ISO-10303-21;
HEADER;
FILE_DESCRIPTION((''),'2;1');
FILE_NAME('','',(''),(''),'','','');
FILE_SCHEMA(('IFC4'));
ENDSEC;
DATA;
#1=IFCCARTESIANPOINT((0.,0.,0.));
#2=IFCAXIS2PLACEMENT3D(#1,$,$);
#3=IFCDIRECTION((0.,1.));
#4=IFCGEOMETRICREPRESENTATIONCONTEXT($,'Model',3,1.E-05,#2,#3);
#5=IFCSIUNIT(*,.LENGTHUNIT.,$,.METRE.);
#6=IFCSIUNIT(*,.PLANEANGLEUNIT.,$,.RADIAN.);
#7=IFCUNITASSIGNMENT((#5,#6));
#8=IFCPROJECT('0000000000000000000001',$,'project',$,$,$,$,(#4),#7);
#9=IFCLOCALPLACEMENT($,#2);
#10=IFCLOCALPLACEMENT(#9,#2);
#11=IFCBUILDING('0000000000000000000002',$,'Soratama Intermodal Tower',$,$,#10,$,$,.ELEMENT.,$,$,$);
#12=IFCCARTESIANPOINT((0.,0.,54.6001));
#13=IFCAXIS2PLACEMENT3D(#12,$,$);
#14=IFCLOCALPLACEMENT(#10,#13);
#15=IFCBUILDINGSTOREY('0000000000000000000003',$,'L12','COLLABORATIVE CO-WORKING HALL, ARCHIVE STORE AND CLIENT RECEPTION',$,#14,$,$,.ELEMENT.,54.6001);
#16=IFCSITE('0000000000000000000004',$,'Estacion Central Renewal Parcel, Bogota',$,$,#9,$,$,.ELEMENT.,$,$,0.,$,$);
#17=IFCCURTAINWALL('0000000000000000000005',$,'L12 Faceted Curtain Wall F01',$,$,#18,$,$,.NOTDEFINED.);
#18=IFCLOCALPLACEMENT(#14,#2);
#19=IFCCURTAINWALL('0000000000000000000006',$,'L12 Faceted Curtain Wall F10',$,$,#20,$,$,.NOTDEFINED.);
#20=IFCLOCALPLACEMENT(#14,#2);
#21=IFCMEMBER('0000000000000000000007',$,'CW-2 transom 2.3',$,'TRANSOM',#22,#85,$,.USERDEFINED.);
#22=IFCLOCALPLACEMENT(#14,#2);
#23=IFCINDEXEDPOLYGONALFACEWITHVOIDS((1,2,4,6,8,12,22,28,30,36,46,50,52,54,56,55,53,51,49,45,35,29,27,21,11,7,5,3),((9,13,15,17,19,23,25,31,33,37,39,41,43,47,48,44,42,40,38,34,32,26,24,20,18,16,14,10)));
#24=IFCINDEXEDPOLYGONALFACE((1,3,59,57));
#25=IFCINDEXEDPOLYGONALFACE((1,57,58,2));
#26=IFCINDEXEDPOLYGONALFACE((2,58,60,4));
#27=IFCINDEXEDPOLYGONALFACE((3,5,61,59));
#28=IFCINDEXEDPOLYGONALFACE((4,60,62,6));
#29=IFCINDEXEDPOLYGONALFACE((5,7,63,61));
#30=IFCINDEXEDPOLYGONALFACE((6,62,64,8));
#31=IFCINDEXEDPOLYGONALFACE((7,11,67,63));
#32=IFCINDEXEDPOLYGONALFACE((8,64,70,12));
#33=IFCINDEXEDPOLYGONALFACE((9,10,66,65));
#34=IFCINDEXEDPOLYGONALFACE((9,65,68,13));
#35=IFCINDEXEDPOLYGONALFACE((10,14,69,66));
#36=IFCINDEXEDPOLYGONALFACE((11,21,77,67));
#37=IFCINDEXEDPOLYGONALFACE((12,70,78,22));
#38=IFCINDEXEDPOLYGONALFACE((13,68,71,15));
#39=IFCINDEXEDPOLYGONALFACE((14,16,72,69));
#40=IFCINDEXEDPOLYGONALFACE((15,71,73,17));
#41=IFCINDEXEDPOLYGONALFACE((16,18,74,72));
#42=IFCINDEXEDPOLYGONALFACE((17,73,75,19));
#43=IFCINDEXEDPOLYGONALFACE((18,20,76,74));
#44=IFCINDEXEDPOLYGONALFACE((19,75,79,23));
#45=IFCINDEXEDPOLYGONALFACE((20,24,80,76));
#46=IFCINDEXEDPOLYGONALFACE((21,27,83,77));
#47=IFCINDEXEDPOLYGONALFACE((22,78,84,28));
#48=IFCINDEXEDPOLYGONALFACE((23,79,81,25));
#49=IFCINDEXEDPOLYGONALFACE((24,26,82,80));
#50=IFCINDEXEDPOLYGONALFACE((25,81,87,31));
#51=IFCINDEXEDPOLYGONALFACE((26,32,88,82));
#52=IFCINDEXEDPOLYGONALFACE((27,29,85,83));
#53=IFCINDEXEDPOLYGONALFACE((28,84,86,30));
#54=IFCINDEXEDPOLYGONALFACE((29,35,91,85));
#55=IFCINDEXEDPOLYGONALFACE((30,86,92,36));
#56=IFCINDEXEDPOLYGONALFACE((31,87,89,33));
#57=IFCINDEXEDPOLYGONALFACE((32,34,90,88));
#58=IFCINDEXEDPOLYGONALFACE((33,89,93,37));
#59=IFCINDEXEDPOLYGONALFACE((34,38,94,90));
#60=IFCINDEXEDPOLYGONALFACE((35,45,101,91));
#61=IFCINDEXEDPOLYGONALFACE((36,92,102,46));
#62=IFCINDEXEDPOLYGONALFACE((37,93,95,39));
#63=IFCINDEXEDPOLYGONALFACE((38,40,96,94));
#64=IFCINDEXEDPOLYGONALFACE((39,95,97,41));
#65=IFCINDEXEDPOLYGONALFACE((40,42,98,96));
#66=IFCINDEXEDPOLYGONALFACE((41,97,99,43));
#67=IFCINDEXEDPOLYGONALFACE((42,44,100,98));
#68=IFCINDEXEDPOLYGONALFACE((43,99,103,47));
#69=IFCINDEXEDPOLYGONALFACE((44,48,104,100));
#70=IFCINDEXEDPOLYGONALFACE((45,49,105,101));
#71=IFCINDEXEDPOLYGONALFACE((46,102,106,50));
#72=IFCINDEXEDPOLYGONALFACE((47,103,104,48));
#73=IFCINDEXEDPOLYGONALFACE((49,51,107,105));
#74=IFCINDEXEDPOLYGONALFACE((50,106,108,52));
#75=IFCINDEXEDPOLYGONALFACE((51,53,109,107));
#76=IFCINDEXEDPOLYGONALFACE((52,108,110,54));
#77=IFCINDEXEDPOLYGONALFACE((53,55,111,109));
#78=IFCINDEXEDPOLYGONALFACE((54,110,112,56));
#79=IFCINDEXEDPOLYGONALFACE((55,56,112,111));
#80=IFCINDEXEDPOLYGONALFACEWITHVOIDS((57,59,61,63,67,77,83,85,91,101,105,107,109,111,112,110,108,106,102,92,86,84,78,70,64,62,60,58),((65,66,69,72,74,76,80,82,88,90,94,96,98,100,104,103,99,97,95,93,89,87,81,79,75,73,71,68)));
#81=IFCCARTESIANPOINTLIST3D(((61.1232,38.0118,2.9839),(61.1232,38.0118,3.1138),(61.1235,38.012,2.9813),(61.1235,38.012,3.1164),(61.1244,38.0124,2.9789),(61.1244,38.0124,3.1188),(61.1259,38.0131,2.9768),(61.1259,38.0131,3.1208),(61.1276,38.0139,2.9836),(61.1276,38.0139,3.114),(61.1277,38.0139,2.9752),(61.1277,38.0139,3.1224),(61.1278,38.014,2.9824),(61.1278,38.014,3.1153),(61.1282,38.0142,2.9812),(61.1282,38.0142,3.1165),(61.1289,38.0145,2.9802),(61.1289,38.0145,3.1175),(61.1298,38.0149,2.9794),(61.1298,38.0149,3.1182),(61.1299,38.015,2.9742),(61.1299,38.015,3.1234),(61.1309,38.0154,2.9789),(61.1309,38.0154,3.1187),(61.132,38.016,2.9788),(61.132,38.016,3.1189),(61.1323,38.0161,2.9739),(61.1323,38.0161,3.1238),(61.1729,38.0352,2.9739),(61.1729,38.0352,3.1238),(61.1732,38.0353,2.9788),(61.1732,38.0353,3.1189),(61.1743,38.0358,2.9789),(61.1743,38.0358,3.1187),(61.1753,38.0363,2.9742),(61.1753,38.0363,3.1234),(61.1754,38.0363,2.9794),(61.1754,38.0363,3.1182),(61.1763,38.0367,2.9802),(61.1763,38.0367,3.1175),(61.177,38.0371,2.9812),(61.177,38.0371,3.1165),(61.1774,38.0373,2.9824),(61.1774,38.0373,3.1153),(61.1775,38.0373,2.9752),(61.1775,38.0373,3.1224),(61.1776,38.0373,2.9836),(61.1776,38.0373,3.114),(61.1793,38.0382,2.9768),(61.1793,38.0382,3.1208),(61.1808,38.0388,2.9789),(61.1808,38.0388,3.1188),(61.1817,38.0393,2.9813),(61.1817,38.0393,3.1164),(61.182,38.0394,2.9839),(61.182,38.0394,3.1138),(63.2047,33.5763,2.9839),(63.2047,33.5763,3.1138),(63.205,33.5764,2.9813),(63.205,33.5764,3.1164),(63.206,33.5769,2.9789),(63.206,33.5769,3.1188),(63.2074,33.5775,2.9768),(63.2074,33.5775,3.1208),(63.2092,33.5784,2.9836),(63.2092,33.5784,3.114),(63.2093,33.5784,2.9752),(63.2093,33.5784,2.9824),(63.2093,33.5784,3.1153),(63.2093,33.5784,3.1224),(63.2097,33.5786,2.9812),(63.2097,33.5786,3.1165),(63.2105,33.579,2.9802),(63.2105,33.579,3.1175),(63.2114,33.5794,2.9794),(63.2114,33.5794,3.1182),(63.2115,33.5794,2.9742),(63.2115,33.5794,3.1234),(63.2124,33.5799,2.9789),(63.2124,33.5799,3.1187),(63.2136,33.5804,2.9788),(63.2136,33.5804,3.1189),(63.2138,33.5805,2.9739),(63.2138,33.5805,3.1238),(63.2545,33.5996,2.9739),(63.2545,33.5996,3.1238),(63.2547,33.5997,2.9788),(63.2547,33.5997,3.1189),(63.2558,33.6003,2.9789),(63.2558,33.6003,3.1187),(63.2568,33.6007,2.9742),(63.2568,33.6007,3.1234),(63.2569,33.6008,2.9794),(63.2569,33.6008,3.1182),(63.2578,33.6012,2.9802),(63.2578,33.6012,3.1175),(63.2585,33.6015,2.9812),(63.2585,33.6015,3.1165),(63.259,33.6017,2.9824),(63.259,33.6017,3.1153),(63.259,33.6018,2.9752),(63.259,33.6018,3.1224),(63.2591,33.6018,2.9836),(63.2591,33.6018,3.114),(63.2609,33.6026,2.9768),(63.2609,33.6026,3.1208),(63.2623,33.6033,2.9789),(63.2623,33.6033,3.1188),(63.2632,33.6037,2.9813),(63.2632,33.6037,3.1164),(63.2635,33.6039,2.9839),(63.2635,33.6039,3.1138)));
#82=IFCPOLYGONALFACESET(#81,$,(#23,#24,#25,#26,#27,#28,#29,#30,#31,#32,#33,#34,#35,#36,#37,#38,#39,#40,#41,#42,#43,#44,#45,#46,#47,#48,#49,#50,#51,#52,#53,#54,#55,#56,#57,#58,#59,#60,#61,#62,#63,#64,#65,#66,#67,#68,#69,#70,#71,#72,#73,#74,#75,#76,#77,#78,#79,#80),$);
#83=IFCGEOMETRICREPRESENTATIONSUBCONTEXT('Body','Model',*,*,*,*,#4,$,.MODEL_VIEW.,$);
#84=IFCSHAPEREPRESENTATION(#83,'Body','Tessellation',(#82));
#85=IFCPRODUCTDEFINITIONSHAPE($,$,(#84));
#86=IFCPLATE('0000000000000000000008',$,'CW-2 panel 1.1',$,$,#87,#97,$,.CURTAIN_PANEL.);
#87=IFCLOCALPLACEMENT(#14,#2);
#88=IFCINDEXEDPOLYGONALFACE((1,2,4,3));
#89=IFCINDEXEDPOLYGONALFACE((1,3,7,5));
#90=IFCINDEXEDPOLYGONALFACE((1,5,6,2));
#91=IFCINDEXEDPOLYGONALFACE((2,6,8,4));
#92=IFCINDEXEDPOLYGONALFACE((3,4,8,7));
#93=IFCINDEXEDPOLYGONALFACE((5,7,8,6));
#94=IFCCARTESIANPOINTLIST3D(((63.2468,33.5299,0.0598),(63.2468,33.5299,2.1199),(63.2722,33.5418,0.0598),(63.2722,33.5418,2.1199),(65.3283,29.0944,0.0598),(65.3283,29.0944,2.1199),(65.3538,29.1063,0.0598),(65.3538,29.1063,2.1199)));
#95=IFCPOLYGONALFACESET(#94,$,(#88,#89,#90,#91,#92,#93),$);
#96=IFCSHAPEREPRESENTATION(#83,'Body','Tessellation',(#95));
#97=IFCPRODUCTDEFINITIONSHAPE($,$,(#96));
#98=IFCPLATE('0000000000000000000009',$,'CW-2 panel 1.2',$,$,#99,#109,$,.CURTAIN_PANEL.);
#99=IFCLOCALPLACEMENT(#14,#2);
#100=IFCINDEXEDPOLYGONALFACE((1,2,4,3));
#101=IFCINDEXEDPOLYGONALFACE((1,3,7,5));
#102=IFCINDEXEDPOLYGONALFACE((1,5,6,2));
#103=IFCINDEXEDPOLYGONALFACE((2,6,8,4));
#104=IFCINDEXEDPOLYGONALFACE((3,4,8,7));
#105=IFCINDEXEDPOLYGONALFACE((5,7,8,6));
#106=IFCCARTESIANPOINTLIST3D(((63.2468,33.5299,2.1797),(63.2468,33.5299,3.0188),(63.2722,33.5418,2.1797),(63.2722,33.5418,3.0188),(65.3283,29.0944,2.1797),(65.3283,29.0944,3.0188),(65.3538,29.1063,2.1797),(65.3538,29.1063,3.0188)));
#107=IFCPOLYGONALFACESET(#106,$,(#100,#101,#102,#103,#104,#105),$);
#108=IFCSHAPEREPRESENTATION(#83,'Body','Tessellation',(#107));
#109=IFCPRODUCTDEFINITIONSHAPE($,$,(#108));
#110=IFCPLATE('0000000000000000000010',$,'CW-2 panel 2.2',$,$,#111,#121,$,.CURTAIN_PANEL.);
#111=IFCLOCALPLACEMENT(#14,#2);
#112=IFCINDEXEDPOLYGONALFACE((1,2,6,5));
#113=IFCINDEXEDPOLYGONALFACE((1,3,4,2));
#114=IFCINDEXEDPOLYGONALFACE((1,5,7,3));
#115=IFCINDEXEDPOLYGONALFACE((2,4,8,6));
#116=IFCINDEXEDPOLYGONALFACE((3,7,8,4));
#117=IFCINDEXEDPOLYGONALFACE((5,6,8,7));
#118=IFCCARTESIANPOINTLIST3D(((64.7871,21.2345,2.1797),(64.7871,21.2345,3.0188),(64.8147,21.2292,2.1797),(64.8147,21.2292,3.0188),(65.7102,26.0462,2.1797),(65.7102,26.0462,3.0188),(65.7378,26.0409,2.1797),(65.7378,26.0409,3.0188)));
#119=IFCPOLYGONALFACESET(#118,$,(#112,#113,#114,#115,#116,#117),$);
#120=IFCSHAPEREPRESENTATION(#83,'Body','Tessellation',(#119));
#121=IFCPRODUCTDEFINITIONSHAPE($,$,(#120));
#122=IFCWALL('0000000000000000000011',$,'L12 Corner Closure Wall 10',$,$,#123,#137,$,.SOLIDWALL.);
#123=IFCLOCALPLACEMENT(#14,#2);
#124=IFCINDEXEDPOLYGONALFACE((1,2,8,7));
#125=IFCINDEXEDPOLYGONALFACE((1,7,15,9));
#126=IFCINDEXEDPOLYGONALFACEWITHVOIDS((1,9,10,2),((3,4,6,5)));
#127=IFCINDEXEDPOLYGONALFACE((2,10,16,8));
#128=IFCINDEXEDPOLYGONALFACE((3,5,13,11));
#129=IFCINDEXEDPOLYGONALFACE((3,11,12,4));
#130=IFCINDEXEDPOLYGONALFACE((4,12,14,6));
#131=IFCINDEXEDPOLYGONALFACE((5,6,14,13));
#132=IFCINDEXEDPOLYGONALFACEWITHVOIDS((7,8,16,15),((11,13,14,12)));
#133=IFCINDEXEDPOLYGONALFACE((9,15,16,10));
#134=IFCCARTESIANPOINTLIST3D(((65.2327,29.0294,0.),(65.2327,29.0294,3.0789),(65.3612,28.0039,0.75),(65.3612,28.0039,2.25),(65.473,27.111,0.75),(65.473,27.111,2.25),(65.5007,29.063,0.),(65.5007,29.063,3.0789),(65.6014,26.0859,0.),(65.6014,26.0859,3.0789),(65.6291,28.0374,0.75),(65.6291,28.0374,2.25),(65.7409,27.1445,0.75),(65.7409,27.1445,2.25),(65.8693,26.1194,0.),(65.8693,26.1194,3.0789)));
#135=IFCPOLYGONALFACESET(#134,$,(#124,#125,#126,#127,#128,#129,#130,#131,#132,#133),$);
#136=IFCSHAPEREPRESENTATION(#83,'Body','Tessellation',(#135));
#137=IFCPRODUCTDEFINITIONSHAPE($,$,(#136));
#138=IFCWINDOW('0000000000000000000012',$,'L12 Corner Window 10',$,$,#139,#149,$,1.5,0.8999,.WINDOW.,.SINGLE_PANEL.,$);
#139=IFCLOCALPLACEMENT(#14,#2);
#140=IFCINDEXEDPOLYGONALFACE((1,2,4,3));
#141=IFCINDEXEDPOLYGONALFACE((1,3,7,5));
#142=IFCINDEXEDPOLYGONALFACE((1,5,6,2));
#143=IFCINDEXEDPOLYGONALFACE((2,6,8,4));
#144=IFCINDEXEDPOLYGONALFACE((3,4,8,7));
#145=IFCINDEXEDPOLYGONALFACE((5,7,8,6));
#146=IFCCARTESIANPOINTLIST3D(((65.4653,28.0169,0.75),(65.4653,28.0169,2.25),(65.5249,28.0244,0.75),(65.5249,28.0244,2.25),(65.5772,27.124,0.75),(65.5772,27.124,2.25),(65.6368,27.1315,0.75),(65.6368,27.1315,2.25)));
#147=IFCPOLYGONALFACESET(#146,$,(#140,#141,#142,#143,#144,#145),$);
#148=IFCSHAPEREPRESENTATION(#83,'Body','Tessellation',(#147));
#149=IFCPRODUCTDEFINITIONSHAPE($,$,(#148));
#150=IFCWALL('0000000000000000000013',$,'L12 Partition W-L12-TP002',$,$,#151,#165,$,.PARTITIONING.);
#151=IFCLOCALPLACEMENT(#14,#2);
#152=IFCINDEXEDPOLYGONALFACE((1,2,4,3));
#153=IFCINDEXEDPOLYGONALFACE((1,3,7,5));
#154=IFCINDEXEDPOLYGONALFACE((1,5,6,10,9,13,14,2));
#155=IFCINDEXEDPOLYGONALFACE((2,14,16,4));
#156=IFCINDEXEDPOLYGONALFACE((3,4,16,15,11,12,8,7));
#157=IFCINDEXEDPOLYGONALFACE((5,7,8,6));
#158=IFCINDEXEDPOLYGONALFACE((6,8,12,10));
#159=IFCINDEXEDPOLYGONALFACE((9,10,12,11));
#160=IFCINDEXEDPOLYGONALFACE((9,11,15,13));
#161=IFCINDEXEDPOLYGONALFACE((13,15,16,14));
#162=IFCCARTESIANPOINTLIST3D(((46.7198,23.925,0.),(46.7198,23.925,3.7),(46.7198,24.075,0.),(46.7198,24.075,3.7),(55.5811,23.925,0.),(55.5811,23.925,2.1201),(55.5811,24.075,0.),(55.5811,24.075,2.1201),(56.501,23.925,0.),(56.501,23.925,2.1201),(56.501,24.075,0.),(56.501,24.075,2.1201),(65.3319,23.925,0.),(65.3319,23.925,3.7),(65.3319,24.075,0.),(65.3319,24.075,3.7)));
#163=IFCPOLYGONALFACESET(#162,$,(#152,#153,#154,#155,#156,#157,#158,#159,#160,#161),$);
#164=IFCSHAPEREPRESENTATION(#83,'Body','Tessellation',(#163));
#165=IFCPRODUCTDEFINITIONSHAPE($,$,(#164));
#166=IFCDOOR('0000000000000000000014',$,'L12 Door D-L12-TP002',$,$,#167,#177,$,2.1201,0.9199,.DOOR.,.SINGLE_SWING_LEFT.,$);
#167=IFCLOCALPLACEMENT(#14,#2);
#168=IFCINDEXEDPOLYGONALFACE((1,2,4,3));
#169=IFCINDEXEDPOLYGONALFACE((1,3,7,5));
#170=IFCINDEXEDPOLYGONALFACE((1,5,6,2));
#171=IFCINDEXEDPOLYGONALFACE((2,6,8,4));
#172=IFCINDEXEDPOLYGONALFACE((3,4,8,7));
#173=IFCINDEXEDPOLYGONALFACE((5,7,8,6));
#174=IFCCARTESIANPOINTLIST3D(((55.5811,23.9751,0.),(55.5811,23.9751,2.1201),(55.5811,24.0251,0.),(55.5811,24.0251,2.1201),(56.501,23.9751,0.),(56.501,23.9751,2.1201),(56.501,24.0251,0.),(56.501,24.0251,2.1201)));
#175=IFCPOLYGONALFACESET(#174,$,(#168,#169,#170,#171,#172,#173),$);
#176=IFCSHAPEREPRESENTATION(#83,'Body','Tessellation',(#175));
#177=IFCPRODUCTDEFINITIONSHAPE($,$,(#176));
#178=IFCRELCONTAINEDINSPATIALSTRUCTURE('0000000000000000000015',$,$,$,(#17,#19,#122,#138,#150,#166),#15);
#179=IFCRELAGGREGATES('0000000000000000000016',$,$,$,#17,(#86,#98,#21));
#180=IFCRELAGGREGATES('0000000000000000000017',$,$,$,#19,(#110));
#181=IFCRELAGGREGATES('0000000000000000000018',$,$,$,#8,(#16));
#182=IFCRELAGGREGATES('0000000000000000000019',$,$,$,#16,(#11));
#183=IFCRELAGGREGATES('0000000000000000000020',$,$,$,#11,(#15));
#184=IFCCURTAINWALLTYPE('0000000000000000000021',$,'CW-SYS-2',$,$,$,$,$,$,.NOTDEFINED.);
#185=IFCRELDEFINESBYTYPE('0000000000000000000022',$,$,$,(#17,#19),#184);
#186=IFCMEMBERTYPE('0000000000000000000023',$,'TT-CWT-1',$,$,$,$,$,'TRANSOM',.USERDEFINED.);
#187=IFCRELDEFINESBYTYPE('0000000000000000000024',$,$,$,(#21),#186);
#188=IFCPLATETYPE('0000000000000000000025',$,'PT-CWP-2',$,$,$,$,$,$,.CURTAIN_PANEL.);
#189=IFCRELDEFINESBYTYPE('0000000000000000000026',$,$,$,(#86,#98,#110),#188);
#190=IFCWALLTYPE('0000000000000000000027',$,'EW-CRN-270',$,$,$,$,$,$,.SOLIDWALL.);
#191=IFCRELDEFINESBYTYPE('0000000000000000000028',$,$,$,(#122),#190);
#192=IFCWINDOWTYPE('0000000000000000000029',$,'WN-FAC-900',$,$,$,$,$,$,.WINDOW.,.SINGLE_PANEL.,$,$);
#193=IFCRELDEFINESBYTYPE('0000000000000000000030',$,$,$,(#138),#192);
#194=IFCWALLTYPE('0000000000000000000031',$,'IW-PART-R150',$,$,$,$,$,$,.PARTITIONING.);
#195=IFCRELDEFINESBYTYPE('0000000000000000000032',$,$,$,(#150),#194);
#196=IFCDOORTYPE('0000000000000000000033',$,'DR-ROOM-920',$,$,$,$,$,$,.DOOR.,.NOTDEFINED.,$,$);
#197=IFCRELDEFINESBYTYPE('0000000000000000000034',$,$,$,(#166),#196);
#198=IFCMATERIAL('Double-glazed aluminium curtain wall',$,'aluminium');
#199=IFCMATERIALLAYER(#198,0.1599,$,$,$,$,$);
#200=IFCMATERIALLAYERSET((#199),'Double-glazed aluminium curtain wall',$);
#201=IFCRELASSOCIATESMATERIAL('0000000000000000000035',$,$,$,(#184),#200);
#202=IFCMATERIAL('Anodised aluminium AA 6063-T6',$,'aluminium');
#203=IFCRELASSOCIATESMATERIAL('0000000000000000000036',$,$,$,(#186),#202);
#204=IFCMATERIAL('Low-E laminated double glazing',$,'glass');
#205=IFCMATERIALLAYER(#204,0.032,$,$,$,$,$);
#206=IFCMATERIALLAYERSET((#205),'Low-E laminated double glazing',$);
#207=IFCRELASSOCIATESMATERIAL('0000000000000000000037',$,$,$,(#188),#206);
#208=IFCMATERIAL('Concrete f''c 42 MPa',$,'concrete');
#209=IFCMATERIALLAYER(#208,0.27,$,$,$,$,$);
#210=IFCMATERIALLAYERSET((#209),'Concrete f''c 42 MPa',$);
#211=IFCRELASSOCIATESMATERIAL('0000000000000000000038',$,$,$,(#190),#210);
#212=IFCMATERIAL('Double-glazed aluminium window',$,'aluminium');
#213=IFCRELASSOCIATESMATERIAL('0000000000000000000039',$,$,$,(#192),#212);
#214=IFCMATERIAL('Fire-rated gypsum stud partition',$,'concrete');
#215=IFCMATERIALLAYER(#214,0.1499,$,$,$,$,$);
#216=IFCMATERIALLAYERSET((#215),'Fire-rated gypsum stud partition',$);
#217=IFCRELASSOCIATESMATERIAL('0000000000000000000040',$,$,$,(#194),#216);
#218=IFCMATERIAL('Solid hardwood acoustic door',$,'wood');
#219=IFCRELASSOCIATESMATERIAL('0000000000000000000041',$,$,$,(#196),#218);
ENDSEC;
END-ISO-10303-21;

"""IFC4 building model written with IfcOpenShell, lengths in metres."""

from ifc_helpers import new_model, si_unit, direction, frame, frame_2d, origin, origin_2d, place, context, subcontext, project, spatial, rectangle, hollow_rectangle, extrude, material, layer, layer_set, material_profile, profile_set, type_object, element, fill, aggregate, save


model = new_model("IFC4")

# Units and contexts
model_context = context("Model", 3, precision=1e-05, world=origin(), true_north=direction((0.0, 1.0)))
body_context = subcontext(model_context, "Body", "Model", "MODEL_VIEW")
ifc_project = project(units=[si_unit("LENGTHUNIT", "METRE"), si_unit("PLANEANGLEUNIT", "RADIAN")], contexts=[model_context])

# Site, building, storey
site_placement = place(None, origin())
site = spatial("IfcSite", under=ifc_project, at=site_placement, Name="Estacion Central Renewal Parcel, Bogota", CompositionType="ELEMENT", RefElevation=0.0)
building_placement = place(site_placement, origin())
building = spatial("IfcBuilding", under=site, at=building_placement, Name="Soratama Intermodal Tower", CompositionType="ELEMENT")
storey_placement = place(building_placement, frame((0.0, 0.0, 54.6001)))
storey = spatial("IfcBuildingStorey", under=building, at=storey_placement, Name="L12", Description="COLLABORATIVE CO-WORKING HALL, ARCHIVE STORE AND CLIENT RECEPTION", CompositionType="ELEMENT", Elevation=54.6001)

# Curtain wall
ifc_material_1 = material(Name="Double-glazed aluminium curtain wall", Category="aluminium")
ifc_layer_1 = layer(ifc_material_1, 0.1599)
ifc_layer_set_1 = layer_set([ifc_layer_1], Name="Double-glazed aluminium curtain wall")
curtain_wall_type = type_object("IfcCurtainWallType", Name="CW-SYS-2", PredefinedType="NOTDEFINED", material=ifc_layer_set_1)
curtain_wall_1_placement = place(storey_placement, origin())
curtain_wall_1 = element("IfcCurtainWall", 1, at=curtain_wall_1_placement, inside=storey, type_object=curtain_wall_type, Name="L12 Faceted Curtain Wall F01", PredefinedType="NOTDEFINED")

# Curtain wall
curtain_wall_2_placement = place(storey_placement, origin())
curtain_wall_2 = element("IfcCurtainWall", 2, at=curtain_wall_2_placement, inside=storey, type_object=curtain_wall_type, Name="L12 Faceted Curtain Wall F10", PredefinedType="NOTDEFINED")

# Member
ifc_material_2 = material(Name="Anodised aluminium AA 6063-T6", Category="aluminium")
ifc_material_profile_1 = material_profile(ifc_material_2, hollow_rectangle(XDim=0.0649, YDim=0.1499, WallThickness=0.0049, InnerFilletRadius=0.0049, OuterFilletRadius=0.01, at=origin_2d()), Name="CWT150X65X5")
ifc_profile_set_1 = profile_set([ifc_material_profile_1], Name="Anodised aluminium AA 6063-T6")
member_type_1 = type_object("IfcMemberType", Name="TT-CWT-1", ElementType="TRANSOM", PredefinedType="USERDEFINED", material=ifc_profile_set_1)
member_1_placement = place(storey_placement, frame((63.2341, 33.5901, 3.0488), z_axis=(-0.424832, 0.905272, 0.0), x_axis=(-0.905272, -0.424832, 0.0)))
member_1 = element("IfcMember", 3, at=member_1_placement, type_object=member_type_1, Name="CW-2 transom 2.3", ObjectType="TRANSOM", PredefinedType="USERDEFINED", context=body_context, shape_type="SweptSolid", body=[
    extrude(hollow_rectangle(XDim=0.0649, YDim=0.1499, WallThickness=0.0049, InnerFilletRadius=0.0049, OuterFilletRadius=0.01, at=origin_2d()), origin(), (0.0, 0.0, 1.0), 4.8997),
])

# Plates
ifc_material_3 = material(Name="Low-E laminated double glazing", Category="glass")
ifc_layer_2 = layer(ifc_material_3, 0.032)
ifc_layer_set_2 = layer_set([ifc_layer_2], Name="Low-E laminated double glazing")
plate_type = type_object("IfcPlateType", Name="PT-CWP-2", PredefinedType="CURTAIN_PANEL", material=ifc_layer_set_2)
plate_1_placement = place(storey_placement, frame((64.3003, 31.3181, 0.0598), z_axis=(0.0, 0.0, 1.0), x_axis=(-0.424829, 0.905274, 0.0)))
plate_1 = element("IfcPlate", 4, at=plate_1_placement, type_object=plate_type, Name="CW-2 panel 1.1", PredefinedType="CURTAIN_PANEL", context=body_context, shape_type="SweptSolid", body=[
    extrude(rectangle(XDim=4.8997, YDim=0.0281, at=origin_2d()), origin(), (0.0, 0.0, 1.0), 2.0601),
])
plate_2_placement = place(storey_placement, frame((64.3003, 31.3181, 2.1797), z_axis=(0.0, 0.0, 1.0), x_axis=(-0.424829, 0.905274, 0.0)))
plate_2 = element("IfcPlate", 5, at=plate_2_placement, type_object=plate_type, Name="CW-2 panel 1.2", PredefinedType="CURTAIN_PANEL", context=body_context, shape_type="SweptSolid", body=[
    extrude(rectangle(XDim=4.8997, YDim=0.0281, at=origin_2d()), origin(), (0.0, 0.0, 1.0), 0.8391),
])
aggregate(curtain_wall_1, [plate_1, plate_2, member_1])
plate_3_placement = place(storey_placement, frame((65.2625, 23.6377, 2.1797), z_axis=(0.0, 0.0, 1.0), x_axis=(0.188405, 0.982091, 0.0)))
plate_3 = element("IfcPlate", 6, at=plate_3_placement, type_object=plate_type, Name="CW-2 panel 2.2", PredefinedType="CURTAIN_PANEL", context=body_context, shape_type="SweptSolid", body=[
    extrude(rectangle(XDim=4.8994, YDim=0.0281, at=origin_2d()), origin(), (0.0, 0.0, 1.0), 0.8391),
])
aggregate(curtain_wall_2, [plate_3])

# Wall, opening, window
ifc_material_4 = material(Name="Concrete f'c 42 MPa", Category="concrete")
ifc_layer_3 = layer(ifc_material_4, 0.27)
ifc_layer_set_3 = layer_set([ifc_layer_3], Name="Concrete f'c 42 MPa")
wall_type_1 = type_object("IfcWallType", Name="EW-CRN-270", PredefinedType="SOLIDWALL", material=ifc_layer_set_3)
wall_1_placement = place(storey_placement, frame((65.7354, 26.1025, 0.0), z_axis=(0.0, 0.0, 1.0), x_axis=(-0.124268, 0.992249, 0.0)))
wall_1 = element("IfcWall", 7, at=wall_1_placement, inside=storey, type_object=wall_type_1, Name="L12 Corner Closure Wall 10", PredefinedType="SOLIDWALL", context=body_context, shape_type="SweptSolid", body=[
    extrude(rectangle(XDim=2.9666, YDim=0.27, at=frame_2d((1.4834, 0.0))), origin(), (0.0, 0.0, 1.0), 3.0789),
])
opening_1_placement = place(wall_1_placement, frame((1.0332, 0.0, 0.75)))
opening_1 = element("IfcOpeningElement", 8, at=opening_1_placement, cuts=wall_1, PredefinedType="OPENING", context=body_context, shape_type="SweptSolid", body=[
    extrude(rectangle(XDim=0.8999, YDim=1.5, at=frame_2d((0.45, 0.75))), frame((0.0, 0.145, 0.0), z_axis=(0.0, -1.0, 0.0), x_axis=(1.0, 0.0, 0.0)), (0.0, 0.0, 1.0), 0.29),
])
ifc_material_5 = material(Name="Double-glazed aluminium window", Category="aluminium")
window_type = type_object("IfcWindowType", Name="WN-FAC-900", PartitioningType="SINGLE_PANEL", PredefinedType="WINDOW", material=ifc_material_5)
window_placement = place(opening_1_placement, origin())
window = element("IfcWindow", 9, at=window_placement, inside=storey, type_object=window_type, Name="L12 Corner Window 10", OverallHeight=1.5, OverallWidth=0.8999, PartitioningType="SINGLE_PANEL", PredefinedType="WINDOW", context=body_context, shape_type="SweptSolid", body=[
    extrude(rectangle(XDim=0.8999, YDim=1.5, at=frame_2d((0.45, 0.75))), frame((0.0, 0.03, 0.0), z_axis=(0.0, -1.0, 0.0), x_axis=(1.0, 0.0, 0.0)), (0.0, 0.0, 1.0), 0.0601),
])
fill(opening_1, window)

# Wall, opening, door
ifc_material_6 = material(Name="Fire-rated gypsum stud partition", Category="concrete")
ifc_layer_4 = layer(ifc_material_6, 0.1499)
ifc_layer_set_4 = layer_set([ifc_layer_4], Name="Fire-rated gypsum stud partition")
wall_type_2 = type_object("IfcWallType", Name="IW-PART-R150", PredefinedType="PARTITIONING", material=ifc_layer_set_4)
wall_2_placement = place(storey_placement, frame((65.332, 24.0, 0.0), z_axis=(0.0, 0.0, 1.0), x_axis=(-1.0, 0.0, 0.0)))
wall_2 = element("IfcWall", 10, at=wall_2_placement, inside=storey, type_object=wall_type_2, Name="L12 Partition W-L12-TP002", PredefinedType="PARTITIONING", context=body_context, shape_type="SweptSolid", body=[
    extrude(rectangle(XDim=18.6121, YDim=0.1499, at=frame_2d((9.3062, 0.0))), origin(), (0.0, 0.0, 1.0), 3.7),
])
opening_2_placement = place(wall_2_placement, frame((8.8311, 0.0, 0.0)))
opening_2 = element("IfcOpeningElement", 11, at=opening_2_placement, cuts=wall_2, PredefinedType="OPENING", context=body_context, shape_type="SweptSolid", body=[
    extrude(rectangle(XDim=0.9199, YDim=2.1201, at=frame_2d((0.46, 1.0601))), frame((0.0, 0.085, 0.0), z_axis=(0.0, -1.0, 0.0), x_axis=(1.0, 0.0, 0.0)), (0.0, 0.0, 1.0), 0.1699),
])
ifc_material_7 = material(Name="Solid hardwood acoustic door", Category="wood")
door_type = type_object("IfcDoorType", Name="DR-ROOM-920", OperationType="NOTDEFINED", PredefinedType="DOOR", material=ifc_material_7)
door_placement = place(opening_2_placement, origin())
door = element("IfcDoor", 12, at=door_placement, inside=storey, type_object=door_type, Name="L12 Door D-L12-TP002", OperationType="SINGLE_SWING_LEFT", OverallHeight=2.1201, OverallWidth=0.9199, PredefinedType="DOOR", context=body_context, shape_type="SweptSolid", body=[
    extrude(rectangle(XDim=0.9199, YDim=2.1201, at=frame_2d((0.46, 1.0601))), frame((0.0, 0.0249, 0.0), z_axis=(0.0, -1.0, 0.0), x_axis=(1.0, 0.0, 0.0)), (0.0, 0.0, 1.0), 0.05),
])
fill(opening_2, door)

save(model, "model.ifc")
